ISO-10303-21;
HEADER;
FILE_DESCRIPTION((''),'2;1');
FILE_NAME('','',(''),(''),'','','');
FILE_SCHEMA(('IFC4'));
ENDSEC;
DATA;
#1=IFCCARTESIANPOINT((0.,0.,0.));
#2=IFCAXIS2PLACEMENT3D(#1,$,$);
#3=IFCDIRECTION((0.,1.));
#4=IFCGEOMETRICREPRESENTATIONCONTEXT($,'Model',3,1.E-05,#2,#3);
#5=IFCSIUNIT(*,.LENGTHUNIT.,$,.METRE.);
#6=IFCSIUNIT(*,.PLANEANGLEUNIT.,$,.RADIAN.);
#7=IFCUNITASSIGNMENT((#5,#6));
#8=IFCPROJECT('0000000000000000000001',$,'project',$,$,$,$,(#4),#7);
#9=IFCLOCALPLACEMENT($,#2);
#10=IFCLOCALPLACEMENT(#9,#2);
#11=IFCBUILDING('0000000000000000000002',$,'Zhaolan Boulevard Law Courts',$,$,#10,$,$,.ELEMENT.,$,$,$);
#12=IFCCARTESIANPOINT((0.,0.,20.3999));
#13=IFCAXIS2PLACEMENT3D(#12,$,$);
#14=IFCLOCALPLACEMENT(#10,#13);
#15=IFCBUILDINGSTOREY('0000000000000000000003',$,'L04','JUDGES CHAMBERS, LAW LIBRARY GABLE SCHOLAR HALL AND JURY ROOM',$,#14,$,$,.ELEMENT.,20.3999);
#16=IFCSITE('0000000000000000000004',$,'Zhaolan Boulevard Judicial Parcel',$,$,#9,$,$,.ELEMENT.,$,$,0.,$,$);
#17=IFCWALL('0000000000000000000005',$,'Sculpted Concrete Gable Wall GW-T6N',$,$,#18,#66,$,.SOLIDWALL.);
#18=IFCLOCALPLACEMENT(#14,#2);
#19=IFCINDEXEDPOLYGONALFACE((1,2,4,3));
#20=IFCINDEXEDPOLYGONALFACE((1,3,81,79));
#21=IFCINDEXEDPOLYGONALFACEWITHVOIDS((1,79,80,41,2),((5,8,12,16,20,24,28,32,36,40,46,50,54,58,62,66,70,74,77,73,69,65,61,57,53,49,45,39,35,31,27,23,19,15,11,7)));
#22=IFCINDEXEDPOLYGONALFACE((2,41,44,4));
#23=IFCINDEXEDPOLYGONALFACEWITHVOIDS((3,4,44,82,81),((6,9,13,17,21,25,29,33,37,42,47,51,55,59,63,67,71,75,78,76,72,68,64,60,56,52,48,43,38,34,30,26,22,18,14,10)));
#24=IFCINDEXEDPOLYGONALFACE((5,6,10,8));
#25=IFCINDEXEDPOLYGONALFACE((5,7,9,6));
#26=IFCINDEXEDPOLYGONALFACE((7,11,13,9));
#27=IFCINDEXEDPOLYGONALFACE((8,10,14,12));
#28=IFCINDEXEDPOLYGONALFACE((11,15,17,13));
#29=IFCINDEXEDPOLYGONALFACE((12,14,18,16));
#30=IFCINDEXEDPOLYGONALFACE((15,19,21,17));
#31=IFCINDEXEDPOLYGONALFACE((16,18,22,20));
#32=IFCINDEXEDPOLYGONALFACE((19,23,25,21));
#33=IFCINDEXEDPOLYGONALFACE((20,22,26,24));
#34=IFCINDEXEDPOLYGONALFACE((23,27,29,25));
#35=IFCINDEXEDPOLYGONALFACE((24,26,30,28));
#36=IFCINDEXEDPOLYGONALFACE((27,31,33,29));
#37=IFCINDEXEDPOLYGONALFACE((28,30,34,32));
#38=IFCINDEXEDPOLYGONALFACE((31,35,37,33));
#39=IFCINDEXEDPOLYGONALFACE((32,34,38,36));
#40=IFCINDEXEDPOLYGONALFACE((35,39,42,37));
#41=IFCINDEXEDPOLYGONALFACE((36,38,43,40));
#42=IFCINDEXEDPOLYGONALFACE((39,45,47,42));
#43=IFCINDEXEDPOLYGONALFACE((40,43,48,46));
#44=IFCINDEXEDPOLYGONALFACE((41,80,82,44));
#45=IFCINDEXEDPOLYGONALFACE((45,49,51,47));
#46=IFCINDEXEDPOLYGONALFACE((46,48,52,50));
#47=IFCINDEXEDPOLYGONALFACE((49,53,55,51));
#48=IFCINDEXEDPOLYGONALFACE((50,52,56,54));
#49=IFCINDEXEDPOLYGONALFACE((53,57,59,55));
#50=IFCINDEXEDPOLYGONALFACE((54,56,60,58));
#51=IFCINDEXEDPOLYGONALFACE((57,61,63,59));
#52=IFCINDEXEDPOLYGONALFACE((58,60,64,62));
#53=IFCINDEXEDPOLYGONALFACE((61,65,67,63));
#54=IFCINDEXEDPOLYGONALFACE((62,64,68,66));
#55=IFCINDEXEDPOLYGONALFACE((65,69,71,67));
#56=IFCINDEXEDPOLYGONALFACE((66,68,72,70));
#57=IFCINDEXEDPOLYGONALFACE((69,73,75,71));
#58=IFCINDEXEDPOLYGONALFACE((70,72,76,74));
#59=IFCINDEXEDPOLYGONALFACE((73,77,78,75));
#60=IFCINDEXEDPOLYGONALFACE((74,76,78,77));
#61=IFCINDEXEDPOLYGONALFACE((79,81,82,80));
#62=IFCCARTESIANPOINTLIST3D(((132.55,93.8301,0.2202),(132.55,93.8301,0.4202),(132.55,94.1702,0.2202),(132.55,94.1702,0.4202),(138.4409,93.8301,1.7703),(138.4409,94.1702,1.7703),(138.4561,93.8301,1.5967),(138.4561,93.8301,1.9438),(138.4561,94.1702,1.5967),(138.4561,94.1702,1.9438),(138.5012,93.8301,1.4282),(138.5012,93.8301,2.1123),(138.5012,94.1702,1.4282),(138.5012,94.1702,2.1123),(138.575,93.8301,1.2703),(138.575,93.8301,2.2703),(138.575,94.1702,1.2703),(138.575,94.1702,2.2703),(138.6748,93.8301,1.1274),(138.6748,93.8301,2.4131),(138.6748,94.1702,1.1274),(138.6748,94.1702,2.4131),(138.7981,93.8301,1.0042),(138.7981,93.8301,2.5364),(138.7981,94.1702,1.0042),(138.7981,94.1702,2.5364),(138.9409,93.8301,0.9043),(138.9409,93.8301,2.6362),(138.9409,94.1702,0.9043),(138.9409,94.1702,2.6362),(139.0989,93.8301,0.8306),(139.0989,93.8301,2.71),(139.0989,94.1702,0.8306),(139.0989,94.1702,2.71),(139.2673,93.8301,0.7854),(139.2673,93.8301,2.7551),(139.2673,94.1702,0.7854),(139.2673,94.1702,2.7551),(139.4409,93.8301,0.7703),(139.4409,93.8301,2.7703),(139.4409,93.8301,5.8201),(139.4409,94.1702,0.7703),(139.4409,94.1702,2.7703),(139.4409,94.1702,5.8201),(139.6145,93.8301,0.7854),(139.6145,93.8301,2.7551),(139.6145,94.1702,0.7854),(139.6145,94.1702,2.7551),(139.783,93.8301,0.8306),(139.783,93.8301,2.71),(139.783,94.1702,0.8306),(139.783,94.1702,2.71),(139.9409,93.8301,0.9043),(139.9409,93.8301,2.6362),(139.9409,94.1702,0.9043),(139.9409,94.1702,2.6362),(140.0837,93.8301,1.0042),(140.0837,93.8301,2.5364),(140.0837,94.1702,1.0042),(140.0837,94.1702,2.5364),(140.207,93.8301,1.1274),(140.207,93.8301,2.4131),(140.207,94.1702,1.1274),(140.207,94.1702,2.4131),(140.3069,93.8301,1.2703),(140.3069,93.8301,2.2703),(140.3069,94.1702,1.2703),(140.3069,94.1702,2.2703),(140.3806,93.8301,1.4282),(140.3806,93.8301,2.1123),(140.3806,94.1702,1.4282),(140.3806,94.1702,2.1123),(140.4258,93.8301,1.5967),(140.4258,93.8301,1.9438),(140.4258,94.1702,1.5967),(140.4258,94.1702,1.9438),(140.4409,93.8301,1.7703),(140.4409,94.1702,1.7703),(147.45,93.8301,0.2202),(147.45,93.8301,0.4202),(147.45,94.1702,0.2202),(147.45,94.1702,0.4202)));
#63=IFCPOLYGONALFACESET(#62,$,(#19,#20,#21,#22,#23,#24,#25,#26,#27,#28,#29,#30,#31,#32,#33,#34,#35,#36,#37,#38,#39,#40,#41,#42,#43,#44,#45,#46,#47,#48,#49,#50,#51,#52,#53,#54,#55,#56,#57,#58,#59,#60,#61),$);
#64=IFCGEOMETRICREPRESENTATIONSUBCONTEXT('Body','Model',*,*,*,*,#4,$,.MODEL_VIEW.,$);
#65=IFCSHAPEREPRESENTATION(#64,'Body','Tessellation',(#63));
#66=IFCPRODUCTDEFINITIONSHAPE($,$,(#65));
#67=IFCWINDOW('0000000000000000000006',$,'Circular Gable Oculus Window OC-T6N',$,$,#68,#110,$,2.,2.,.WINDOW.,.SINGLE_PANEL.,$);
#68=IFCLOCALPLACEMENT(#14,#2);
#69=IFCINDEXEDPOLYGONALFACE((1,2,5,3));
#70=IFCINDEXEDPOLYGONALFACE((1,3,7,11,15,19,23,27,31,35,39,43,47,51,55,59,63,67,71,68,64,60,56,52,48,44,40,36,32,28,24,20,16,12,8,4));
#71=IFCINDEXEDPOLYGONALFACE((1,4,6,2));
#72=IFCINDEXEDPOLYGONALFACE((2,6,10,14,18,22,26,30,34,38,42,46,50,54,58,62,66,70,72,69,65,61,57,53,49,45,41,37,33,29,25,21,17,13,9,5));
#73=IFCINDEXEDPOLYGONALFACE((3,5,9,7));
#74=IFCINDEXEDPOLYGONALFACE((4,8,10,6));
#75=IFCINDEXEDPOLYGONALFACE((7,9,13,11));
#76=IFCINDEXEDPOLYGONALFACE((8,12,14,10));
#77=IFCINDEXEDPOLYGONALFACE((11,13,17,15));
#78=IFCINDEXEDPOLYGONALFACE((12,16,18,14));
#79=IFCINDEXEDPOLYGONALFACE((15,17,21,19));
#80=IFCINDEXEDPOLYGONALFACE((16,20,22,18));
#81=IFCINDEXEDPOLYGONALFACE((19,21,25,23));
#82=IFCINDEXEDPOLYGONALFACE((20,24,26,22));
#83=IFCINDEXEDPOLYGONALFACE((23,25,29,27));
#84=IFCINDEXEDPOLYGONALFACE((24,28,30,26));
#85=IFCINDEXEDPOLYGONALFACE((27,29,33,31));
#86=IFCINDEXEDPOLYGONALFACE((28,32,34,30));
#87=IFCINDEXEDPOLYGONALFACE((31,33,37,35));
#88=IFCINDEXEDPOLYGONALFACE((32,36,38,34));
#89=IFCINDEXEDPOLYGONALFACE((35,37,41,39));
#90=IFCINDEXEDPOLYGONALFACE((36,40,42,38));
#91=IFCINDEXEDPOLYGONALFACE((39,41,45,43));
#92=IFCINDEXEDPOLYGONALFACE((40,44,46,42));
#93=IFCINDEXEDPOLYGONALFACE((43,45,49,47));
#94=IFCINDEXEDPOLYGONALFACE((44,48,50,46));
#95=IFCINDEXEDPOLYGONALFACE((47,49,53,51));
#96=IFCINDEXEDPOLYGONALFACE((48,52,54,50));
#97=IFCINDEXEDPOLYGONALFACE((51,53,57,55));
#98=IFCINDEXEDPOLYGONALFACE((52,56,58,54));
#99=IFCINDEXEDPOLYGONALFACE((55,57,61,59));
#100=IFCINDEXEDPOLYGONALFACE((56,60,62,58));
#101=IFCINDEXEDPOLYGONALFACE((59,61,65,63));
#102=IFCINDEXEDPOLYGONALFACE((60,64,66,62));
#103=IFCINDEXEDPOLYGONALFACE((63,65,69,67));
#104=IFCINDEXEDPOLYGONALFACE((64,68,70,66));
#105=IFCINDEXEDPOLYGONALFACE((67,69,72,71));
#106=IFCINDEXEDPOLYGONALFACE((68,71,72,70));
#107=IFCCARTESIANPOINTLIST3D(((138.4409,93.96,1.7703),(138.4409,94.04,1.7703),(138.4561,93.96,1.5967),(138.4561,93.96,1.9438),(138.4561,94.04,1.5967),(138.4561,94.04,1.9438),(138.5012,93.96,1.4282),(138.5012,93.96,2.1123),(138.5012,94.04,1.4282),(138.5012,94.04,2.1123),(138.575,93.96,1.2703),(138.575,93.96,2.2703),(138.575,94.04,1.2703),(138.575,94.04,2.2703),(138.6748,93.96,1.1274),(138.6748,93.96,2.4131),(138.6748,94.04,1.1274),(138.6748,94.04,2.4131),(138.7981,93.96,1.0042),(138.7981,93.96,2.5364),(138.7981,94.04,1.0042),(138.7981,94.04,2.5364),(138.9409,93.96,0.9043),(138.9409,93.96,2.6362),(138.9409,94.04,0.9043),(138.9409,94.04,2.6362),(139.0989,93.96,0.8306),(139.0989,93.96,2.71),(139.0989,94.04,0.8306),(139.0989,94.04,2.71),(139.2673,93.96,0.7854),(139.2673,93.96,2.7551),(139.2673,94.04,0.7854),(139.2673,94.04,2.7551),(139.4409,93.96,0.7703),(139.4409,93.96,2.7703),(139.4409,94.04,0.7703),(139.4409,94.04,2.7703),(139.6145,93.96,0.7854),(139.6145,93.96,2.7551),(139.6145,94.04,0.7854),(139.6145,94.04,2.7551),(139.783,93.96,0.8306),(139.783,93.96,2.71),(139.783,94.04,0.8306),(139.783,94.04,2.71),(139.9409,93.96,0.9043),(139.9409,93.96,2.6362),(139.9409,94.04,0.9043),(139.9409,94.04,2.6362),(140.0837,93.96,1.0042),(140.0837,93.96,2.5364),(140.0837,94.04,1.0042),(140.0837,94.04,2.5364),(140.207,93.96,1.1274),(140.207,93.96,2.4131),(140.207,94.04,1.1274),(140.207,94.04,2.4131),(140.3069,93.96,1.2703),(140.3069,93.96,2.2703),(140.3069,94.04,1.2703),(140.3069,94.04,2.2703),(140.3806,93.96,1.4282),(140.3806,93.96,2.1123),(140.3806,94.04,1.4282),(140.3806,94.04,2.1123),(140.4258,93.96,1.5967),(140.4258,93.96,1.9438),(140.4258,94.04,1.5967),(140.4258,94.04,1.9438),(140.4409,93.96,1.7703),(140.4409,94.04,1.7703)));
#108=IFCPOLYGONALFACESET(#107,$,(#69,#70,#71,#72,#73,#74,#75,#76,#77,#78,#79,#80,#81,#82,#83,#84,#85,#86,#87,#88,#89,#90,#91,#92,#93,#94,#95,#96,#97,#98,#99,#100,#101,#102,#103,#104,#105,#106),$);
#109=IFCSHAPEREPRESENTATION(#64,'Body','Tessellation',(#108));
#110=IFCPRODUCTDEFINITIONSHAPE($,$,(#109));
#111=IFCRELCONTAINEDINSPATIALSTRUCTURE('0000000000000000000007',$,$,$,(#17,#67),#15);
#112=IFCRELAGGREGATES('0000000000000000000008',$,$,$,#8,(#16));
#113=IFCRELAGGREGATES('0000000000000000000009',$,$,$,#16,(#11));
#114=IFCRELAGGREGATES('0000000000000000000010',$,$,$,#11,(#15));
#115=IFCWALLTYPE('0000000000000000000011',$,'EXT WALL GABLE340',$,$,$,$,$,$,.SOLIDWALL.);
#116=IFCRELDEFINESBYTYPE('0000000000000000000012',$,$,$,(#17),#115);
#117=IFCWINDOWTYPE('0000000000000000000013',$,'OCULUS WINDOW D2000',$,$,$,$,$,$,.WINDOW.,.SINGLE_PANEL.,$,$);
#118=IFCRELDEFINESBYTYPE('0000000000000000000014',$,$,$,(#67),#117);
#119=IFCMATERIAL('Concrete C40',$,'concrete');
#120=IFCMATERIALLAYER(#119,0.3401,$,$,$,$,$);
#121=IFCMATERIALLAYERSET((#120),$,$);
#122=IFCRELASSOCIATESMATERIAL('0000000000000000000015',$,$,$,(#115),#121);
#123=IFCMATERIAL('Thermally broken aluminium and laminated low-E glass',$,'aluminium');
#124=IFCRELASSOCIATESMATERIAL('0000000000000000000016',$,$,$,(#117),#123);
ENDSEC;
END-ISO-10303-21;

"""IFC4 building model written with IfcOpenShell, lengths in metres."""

from ifc_helpers import new_model, si_unit, direction, frame, origin, place, context, subcontext, project, spatial, polyline, outline, extrude, material, layer, layer_set, type_object, element, fill, save


model = new_model("IFC4")

# Units and contexts
model_context = context("Model", 3, precision=1e-05, world=origin(), true_north=direction((0.0, 1.0)))
body_context = subcontext(model_context, "Body", "Model", "MODEL_VIEW")
ifc_project = project(units=[si_unit("LENGTHUNIT", "METRE"), si_unit("PLANEANGLEUNIT", "RADIAN")], contexts=[model_context])

# Site, building, storey
site_placement = place(None, origin())
site = spatial("IfcSite", under=ifc_project, at=site_placement, Name="Zhaolan Boulevard Judicial Parcel", CompositionType="ELEMENT", RefElevation=0.0)
building_placement = place(site_placement, origin())
building = spatial("IfcBuilding", under=site, at=building_placement, Name="Zhaolan Boulevard Law Courts", CompositionType="ELEMENT")
storey_placement = place(building_placement, frame((0.0, 0.0, 20.3999)))
storey = spatial("IfcBuildingStorey", under=building, at=storey_placement, Name="L04", Description="JUDGES CHAMBERS, LAW LIBRARY GABLE SCHOLAR HALL AND JURY ROOM", CompositionType="ELEMENT", Elevation=20.3999)

# Wall, opening, window
ifc_material_1 = material(Name="Concrete C40", Category="concrete")
ifc_layer_1 = layer(ifc_material_1, 0.3401)
ifc_layer_set_1 = layer_set([ifc_layer_1])
wall_type = type_object("IfcWallType", Name="EXT WALL GABLE340", PredefinedType="SOLIDWALL", material=ifc_layer_set_1)
wall_1_placement = place(storey_placement, frame((147.45, 94.0, 0.2202), z_axis=(0.0, 0.0, 1.0), x_axis=(-1.0, 0.0, 0.0)))
wall_1 = element("IfcWall", 1, at=wall_1_placement, inside=storey, type_object=wall_type, Name="Sculpted Concrete Gable Wall GW-T6N", PredefinedType="SOLIDWALL", context=body_context, shape_type="SweptSolid", body=[
    extrude(outline(polyline([(0.0, 0.0), (14.8999, 0.0), (14.8999, 0.2), (8.009, 5.5999), (0.0, 0.2), (0.0, 0.0)])), frame((0.0, 0.1699, 0.0), z_axis=(0.0, -1.0, 0.0), x_axis=(1.0, 0.0, 0.0)), (0.0, 0.0, 1.0), 0.3401),
])
opening_1_placement = place(wall_1_placement, frame((7.009, 0.0, 0.55)))
opening_1 = element("IfcOpeningElement", 2, at=opening_1_placement, cuts=wall_1, PredefinedType="OPENING", context=body_context, shape_type="SweptSolid", body=[
    extrude(outline(polyline([(2.0, 1.0), (1.9849, 1.1736), (1.9397, 1.342), (1.866, 1.5), (1.7661, 1.6428), (1.6428, 1.7661), (1.5, 1.866), (1.342, 1.9397), (1.1736, 1.9849), (1.0, 2.0), (0.8264, 1.9849), (0.658, 1.9397), (0.5, 1.866), (0.3572, 1.7661), (0.2339, 1.6428), (0.134, 1.5), (0.0603, 1.342), (0.0151, 1.1736), (0.0, 1.0), (0.0151, 0.8264), (0.0603, 0.658), (0.134, 0.5), (0.2339, 0.3572), (0.3572, 0.2339), (0.5, 0.134), (0.658, 0.0603), (0.8264, 0.0151), (1.0, 0.0), (1.1736, 0.0151), (1.342, 0.0603), (1.5, 0.134), (1.6428, 0.2339), (1.7661, 0.3572), (1.866, 0.5), (1.9397, 0.658), (1.9849, 0.8264), (2.0, 1.0)])), frame((0.0, 0.1799, 0.0), z_axis=(0.0, -1.0, 0.0), x_axis=(1.0, 0.0, 0.0)), (0.0, 0.0, 1.0), 0.3601),
])
ifc_material_2 = material(Name="Thermally broken aluminium and laminated low-E glass", Category="aluminium")
window_type_1 = type_object("IfcWindowType", Name="OCULUS WINDOW D2000", PartitioningType="SINGLE_PANEL", PredefinedType="WINDOW", material=ifc_material_2)
window_1_placement = place(opening_1_placement, origin())
window_1 = element("IfcWindow", 3, at=window_1_placement, inside=storey, type_object=window_type_1, Name="Circular Gable Oculus Window OC-T6N", OverallHeight=2.0, OverallWidth=2.0, PartitioningType="SINGLE_PANEL", PredefinedType="WINDOW", context=body_context, shape_type="SweptSolid", body=[
    extrude(outline(polyline([(2.0, 1.0), (1.9849, 1.1736), (1.9397, 1.342), (1.866, 1.5), (1.7661, 1.6428), (1.6428, 1.7661), (1.5, 1.866), (1.342, 1.9397), (1.1736, 1.9849), (1.0, 2.0), (0.8264, 1.9849), (0.658, 1.9397), (0.5, 1.866), (0.3572, 1.7661), (0.2339, 1.6428), (0.134, 1.5), (0.0603, 1.342), (0.0151, 1.1736), (0.0, 1.0), (0.0151, 0.8264), (0.0603, 0.658), (0.134, 0.5), (0.2339, 0.3572), (0.3572, 0.2339), (0.5, 0.134), (0.658, 0.0603), (0.8264, 0.0151), (1.0, 0.0), (1.1736, 0.0151), (1.342, 0.0603), (1.5, 0.134), (1.6428, 0.2339), (1.7661, 0.3572), (1.866, 0.5), (1.9397, 0.658), (1.9849, 0.8264), (2.0, 1.0)])), frame((0.0, 0.04, 0.0), z_axis=(0.0, -1.0, 0.0), x_axis=(1.0, 0.0, 0.0)), (0.0, 0.0, 1.0), 0.0801),
])
fill(opening_1, window_1)

save(model, "model.ifc")
